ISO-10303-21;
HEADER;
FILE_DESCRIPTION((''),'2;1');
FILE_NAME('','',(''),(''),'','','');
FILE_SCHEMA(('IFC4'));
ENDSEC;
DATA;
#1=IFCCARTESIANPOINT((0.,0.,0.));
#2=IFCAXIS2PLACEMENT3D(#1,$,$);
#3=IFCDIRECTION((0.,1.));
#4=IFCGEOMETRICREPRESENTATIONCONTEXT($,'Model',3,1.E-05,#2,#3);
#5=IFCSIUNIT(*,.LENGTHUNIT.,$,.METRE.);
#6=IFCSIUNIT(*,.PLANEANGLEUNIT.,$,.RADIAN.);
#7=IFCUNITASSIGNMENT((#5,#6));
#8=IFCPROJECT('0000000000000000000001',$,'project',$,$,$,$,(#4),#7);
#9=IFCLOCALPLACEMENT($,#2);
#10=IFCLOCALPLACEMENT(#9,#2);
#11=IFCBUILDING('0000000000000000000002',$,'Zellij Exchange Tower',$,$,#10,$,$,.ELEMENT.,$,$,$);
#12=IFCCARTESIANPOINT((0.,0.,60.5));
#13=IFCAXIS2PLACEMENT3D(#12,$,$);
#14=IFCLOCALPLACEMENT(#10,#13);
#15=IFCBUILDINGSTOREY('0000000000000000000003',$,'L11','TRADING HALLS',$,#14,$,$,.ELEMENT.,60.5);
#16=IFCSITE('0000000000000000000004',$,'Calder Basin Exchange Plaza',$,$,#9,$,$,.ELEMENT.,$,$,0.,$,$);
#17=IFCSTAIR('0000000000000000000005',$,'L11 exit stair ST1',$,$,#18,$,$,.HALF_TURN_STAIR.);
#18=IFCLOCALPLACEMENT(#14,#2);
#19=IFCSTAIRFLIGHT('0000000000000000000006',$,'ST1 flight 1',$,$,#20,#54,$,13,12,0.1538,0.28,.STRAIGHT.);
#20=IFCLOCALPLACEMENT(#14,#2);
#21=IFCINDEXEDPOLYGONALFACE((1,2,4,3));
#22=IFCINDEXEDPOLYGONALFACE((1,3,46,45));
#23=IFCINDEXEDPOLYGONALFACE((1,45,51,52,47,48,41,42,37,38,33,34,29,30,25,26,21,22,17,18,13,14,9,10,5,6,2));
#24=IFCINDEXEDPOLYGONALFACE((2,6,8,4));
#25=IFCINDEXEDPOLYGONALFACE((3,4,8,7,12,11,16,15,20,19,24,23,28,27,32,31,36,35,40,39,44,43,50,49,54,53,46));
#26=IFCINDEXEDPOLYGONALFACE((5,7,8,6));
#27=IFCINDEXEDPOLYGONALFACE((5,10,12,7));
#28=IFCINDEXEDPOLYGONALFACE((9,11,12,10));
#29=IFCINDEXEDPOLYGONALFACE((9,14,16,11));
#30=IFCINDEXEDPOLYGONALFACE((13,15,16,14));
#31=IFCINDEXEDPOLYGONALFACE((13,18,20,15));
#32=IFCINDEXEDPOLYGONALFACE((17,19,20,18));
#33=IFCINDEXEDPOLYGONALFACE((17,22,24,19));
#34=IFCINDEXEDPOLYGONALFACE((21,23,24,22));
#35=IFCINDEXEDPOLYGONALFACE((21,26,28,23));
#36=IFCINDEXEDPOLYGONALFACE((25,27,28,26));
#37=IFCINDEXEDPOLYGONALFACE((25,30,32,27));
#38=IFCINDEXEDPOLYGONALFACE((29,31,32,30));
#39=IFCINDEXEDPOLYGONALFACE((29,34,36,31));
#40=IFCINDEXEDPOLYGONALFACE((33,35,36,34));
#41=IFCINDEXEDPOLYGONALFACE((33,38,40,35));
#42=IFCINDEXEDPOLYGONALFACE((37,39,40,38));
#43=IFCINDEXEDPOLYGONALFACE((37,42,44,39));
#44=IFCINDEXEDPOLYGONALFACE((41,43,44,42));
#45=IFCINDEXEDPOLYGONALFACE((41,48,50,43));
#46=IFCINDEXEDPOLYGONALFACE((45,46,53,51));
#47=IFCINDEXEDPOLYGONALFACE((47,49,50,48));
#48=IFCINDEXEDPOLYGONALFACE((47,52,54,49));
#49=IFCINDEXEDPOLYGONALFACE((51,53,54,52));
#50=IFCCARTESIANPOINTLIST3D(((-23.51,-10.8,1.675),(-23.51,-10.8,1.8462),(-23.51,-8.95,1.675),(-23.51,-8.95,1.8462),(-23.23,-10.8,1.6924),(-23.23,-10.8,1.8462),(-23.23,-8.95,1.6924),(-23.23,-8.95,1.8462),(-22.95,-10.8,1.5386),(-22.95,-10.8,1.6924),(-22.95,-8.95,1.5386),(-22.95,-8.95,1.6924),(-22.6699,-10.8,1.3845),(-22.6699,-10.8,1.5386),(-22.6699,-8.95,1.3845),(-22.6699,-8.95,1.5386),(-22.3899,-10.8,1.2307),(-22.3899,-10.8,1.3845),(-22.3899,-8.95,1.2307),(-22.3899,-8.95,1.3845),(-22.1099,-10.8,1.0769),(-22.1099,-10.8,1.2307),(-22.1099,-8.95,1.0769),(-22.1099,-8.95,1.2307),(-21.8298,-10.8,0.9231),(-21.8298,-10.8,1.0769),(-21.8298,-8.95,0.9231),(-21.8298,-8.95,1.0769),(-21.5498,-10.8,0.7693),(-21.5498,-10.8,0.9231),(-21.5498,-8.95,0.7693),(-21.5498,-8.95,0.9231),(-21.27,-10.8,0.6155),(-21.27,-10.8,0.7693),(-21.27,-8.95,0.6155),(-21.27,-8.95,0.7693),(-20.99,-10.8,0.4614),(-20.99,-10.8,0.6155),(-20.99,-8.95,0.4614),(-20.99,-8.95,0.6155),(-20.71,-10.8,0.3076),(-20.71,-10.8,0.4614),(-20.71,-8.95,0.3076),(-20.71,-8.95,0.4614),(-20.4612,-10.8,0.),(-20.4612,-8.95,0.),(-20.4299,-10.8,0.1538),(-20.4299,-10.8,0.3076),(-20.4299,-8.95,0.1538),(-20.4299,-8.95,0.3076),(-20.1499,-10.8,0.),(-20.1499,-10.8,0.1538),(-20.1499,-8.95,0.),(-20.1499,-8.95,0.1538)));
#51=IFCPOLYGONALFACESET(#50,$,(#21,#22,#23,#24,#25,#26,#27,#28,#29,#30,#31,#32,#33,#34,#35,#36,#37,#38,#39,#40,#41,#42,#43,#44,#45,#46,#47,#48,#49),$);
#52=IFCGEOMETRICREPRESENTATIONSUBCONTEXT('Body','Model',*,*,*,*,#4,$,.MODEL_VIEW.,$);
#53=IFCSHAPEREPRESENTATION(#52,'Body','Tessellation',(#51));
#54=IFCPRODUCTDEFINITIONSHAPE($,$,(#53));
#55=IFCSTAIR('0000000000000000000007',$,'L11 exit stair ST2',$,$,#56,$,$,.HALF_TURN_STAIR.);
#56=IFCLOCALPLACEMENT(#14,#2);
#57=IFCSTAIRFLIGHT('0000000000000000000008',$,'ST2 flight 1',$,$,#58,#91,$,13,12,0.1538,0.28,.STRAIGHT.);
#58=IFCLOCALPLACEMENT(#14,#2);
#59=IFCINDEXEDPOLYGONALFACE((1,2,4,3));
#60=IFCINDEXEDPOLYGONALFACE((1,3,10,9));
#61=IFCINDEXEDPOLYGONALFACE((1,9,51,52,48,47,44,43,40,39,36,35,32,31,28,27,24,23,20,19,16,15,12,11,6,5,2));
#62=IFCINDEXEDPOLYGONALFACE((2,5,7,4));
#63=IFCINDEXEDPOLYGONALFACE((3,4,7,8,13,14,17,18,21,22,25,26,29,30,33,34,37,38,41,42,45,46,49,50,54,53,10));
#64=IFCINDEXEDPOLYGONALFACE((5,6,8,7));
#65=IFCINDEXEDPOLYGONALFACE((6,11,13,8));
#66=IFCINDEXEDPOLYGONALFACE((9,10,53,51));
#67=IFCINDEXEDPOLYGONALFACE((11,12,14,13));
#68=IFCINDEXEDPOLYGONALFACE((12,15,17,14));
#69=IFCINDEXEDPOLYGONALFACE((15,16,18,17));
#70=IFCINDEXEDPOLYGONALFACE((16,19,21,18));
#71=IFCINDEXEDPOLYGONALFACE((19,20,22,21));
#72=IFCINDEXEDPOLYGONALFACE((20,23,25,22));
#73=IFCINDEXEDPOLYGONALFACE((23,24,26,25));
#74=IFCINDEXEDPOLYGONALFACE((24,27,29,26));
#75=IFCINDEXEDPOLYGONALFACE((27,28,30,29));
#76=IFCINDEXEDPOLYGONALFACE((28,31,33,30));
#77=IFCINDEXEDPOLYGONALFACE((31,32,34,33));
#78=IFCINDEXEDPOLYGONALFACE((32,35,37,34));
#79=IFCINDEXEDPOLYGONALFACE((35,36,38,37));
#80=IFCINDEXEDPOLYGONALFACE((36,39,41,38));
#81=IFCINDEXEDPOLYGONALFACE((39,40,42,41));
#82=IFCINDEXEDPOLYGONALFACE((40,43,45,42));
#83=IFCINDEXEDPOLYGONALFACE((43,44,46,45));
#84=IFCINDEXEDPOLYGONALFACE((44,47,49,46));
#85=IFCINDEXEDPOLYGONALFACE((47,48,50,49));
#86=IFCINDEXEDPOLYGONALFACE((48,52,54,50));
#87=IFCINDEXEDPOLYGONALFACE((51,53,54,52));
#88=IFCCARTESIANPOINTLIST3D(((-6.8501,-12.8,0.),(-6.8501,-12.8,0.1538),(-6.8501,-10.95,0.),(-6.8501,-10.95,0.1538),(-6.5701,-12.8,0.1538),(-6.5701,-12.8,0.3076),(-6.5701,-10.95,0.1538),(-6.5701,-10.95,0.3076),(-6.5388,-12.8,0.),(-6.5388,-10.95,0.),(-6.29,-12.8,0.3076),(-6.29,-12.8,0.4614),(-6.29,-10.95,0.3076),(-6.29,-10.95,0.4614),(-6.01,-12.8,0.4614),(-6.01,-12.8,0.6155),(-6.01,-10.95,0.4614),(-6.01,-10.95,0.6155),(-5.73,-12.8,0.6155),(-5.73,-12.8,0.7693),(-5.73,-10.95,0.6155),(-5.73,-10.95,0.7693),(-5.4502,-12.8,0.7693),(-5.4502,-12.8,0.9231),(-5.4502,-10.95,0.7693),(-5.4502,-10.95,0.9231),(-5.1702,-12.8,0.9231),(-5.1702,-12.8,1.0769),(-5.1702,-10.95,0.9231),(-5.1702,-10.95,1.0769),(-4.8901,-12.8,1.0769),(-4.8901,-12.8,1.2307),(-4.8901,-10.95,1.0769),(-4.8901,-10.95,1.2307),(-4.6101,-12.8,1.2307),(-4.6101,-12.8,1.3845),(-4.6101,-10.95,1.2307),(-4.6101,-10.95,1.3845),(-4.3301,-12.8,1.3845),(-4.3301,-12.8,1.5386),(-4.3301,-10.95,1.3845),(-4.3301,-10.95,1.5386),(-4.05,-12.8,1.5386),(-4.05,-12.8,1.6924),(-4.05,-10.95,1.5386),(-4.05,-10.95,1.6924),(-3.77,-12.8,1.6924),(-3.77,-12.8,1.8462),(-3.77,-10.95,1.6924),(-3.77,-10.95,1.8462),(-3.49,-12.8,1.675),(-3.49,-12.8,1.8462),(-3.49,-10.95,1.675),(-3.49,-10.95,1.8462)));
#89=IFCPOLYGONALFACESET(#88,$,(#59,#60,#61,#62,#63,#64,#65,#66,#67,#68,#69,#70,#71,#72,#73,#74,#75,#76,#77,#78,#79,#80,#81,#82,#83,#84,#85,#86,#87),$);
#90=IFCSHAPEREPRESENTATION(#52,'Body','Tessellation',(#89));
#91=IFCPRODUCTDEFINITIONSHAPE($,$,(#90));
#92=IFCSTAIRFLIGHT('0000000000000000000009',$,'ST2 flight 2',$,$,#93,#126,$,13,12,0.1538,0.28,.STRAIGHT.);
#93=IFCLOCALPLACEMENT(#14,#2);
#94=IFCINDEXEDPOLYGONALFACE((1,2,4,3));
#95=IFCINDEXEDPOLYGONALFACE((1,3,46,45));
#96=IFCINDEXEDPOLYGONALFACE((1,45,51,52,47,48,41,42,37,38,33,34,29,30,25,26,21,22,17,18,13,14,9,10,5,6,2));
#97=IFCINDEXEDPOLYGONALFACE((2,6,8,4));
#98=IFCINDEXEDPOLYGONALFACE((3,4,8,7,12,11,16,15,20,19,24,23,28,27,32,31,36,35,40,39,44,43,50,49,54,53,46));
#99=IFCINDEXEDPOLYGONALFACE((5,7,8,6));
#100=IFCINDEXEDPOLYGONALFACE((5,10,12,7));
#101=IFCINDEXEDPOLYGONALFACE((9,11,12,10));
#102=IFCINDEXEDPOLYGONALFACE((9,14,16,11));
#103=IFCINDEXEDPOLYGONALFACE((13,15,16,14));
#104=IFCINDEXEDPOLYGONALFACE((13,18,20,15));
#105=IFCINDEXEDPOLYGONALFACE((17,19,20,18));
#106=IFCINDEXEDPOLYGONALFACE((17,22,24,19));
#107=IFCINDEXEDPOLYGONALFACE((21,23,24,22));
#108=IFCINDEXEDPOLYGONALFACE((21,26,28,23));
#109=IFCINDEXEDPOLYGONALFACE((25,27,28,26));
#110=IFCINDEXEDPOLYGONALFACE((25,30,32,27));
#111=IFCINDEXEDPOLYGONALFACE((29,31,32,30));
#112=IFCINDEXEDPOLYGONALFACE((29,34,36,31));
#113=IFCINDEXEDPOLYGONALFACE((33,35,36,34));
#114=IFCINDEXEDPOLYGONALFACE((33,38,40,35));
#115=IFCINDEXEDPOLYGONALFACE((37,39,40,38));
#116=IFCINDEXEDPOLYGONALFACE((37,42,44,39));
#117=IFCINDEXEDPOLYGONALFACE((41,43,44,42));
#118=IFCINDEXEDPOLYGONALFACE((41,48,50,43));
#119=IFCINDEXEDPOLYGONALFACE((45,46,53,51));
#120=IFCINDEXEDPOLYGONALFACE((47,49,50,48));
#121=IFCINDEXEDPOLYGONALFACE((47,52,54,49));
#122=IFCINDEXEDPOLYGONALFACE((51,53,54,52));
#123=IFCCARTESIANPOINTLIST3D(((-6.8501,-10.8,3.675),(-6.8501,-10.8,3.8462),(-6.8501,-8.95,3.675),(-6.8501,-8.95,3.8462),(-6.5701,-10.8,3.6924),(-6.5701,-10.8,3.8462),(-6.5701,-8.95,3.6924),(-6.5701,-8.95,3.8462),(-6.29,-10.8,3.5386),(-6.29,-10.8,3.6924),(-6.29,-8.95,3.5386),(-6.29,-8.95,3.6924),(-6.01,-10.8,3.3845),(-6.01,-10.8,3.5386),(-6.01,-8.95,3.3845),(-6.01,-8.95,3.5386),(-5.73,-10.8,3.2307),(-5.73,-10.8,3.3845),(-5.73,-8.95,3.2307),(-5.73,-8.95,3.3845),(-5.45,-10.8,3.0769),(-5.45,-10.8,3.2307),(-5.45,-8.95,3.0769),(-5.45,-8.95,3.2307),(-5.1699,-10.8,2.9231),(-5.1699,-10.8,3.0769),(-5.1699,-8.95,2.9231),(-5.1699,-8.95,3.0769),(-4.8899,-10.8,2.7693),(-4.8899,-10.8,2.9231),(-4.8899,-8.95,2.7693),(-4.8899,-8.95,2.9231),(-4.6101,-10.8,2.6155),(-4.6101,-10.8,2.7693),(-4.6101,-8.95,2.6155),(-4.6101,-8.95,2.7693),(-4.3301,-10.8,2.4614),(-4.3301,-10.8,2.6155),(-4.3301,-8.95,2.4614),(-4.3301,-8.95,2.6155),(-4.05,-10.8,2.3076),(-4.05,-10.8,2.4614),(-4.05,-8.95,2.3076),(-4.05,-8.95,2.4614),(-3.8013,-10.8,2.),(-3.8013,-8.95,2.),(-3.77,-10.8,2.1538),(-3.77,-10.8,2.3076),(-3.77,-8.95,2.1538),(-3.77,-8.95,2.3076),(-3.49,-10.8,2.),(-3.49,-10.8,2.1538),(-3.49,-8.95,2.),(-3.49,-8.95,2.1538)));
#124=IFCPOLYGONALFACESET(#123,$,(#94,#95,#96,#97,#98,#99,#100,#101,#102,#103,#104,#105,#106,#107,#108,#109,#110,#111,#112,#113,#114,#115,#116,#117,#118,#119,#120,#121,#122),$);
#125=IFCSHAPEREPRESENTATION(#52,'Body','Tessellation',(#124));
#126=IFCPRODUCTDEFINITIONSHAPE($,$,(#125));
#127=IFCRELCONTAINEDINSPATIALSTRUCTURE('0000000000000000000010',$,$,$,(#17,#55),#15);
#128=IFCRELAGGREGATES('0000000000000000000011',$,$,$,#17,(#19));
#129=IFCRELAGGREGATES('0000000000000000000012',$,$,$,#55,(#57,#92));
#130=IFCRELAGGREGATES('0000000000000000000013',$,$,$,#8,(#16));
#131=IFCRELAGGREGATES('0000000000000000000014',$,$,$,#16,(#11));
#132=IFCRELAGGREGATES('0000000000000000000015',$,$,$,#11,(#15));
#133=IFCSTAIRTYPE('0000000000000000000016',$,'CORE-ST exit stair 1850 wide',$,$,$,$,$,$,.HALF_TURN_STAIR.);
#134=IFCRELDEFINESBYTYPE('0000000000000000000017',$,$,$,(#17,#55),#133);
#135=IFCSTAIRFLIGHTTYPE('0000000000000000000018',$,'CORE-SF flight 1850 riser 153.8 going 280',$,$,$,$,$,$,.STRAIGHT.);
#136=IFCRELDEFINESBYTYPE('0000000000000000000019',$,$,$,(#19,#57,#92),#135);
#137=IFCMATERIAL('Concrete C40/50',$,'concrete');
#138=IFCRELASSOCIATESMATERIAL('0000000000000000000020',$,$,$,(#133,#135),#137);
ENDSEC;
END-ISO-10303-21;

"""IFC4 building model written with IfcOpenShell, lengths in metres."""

from ifc_helpers import new_model, si_unit, direction, frame, origin, place, context, subcontext, project, spatial, polyline, outline, extrude, material, type_object, element, aggregate, save


model = new_model("IFC4")

# Units and contexts
model_context = context("Model", 3, precision=1e-05, world=origin(), true_north=direction((0.0, 1.0)))
body_context = subcontext(model_context, "Body", "Model", "MODEL_VIEW")
ifc_project = project(units=[si_unit("LENGTHUNIT", "METRE"), si_unit("PLANEANGLEUNIT", "RADIAN")], contexts=[model_context])

# Site, building, storey
site_placement = place(None, origin())
site = spatial("IfcSite", under=ifc_project, at=site_placement, Name="Calder Basin Exchange Plaza", CompositionType="ELEMENT", RefElevation=0.0)
building_placement = place(site_placement, origin())
building = spatial("IfcBuilding", under=site, at=building_placement, Name="Zellij Exchange Tower", CompositionType="ELEMENT")
storey_placement = place(building_placement, frame((0.0, 0.0, 60.5)))
storey = spatial("IfcBuildingStorey", under=building, at=storey_placement, Name="L11", Description="TRADING HALLS", CompositionType="ELEMENT", Elevation=60.5)

# Stair, stair flight
ifc_material_1 = material(Name="Concrete C40/50", Category="concrete")
stair_type = type_object("IfcStairType", Name="CORE-ST exit stair 1850 wide", PredefinedType="HALF_TURN_STAIR", material=ifc_material_1)
stair_1_placement = place(storey_placement, origin())
stair_1 = element("IfcStair", 1, at=stair_1_placement, inside=storey, type_object=stair_type, Name="L11 exit stair ST1", PredefinedType="HALF_TURN_STAIR")
stair_flight_type = type_object("IfcStairFlightType", Name="CORE-SF flight 1850 riser 153.8 going 280", PredefinedType="STRAIGHT", material=ifc_material_1)
stair_flight_1_placement = place(storey_placement, frame((-20.1499, -9.875, 0.0), z_axis=(0.0, 0.0, 1.0), x_axis=(-1.0, 0.0, 0.0)))
stair_flight_1 = element("IfcStairFlight", 2, at=stair_flight_1_placement, type_object=stair_flight_type, Name="ST1 flight 1", NumberOfRisers=13, NumberOfTreads=12, PredefinedType="STRAIGHT", RiserHeight=0.1538, TreadLength=0.28, context=body_context, shape_type="SweptSolid", body=[
    extrude(outline(polyline([(0.0, 0.0), (0.0, 0.1538), (0.28, 0.1538), (0.28, 0.3076), (0.5601, 0.3076), (0.5601, 0.4614), (0.8401, 0.4614), (0.8401, 0.6155), (1.1201, 0.6155), (1.1201, 0.7693), (1.3999, 0.7693), (1.3999, 0.9231), (1.6799, 0.9231), (1.6799, 1.0769), (1.96, 1.0769), (1.96, 1.2307), (2.24, 1.2307), (2.24, 1.3845), (2.52, 1.3845), (2.52, 1.5386), (2.8, 1.5386), (2.8, 1.6924), (3.0801, 1.6924), (3.0801, 1.8462), (3.3601, 1.8462), (3.3601, 2.0), (3.3601, 1.675), (0.3113, 0.0), (0.0, 0.0)])), frame((0.0, 0.925, 0.0), z_axis=(0.0, -1.0, 0.0), x_axis=(1.0, 0.0, 0.0)), (0.0, 0.0, 1.0), 1.8501),
])
aggregate(stair_1, [stair_flight_1])

# Stair, stair flights
stair_2_placement = place(storey_placement, origin())
stair_2 = element("IfcStair", 3, at=stair_2_placement, inside=storey, type_object=stair_type, Name="L11 exit stair ST2", PredefinedType="HALF_TURN_STAIR")
stair_flight_2_placement = place(storey_placement, frame((-6.8501, -11.875, 0.0), z_axis=(0.0, 0.0, 1.0), x_axis=(1.0, 0.0, 0.0)))
stair_flight_2 = element("IfcStairFlight", 4, at=stair_flight_2_placement, type_object=stair_flight_type, Name="ST2 flight 1", NumberOfRisers=13, NumberOfTreads=12, PredefinedType="STRAIGHT", RiserHeight=0.1538, TreadLength=0.28, context=body_context, shape_type="SweptSolid", body=[
    extrude(outline(polyline([(0.0, 0.0), (0.0, 0.1538), (0.28, 0.1538), (0.28, 0.3076), (0.5601, 0.3076), (0.5601, 0.4614), (0.8401, 0.4614), (0.8401, 0.6155), (1.1201, 0.6155), (1.1201, 0.7693), (1.3999, 0.7693), (1.3999, 0.9231), (1.6799, 0.9231), (1.6799, 1.0769), (1.96, 1.0769), (1.96, 1.2307), (2.24, 1.2307), (2.24, 1.3845), (2.52, 1.3845), (2.52, 1.5386), (2.8, 1.5386), (2.8, 1.6924), (3.0801, 1.6924), (3.0801, 1.8462), (3.3601, 1.8462), (3.3601, 2.0), (3.3601, 1.675), (0.3113, 0.0), (0.0, 0.0)])), frame((0.0, 0.925, 0.0), z_axis=(0.0, -1.0, 0.0), x_axis=(1.0, 0.0, 0.0)), (0.0, 0.0, 1.0), 1.8501),
])
stair_flight_3_placement = place(storey_placement, frame((-3.49, -9.875, 2.0), z_axis=(0.0, 0.0, 1.0), x_axis=(-1.0, 0.0, 0.0)))
stair_flight_3 = element("IfcStairFlight", 5, at=stair_flight_3_placement, type_object=stair_flight_type, Name="ST2 flight 2", NumberOfRisers=13, NumberOfTreads=12, PredefinedType="STRAIGHT", RiserHeight=0.1538, TreadLength=0.28, context=body_context, shape_type="SweptSolid", body=[
    extrude(outline(polyline([(0.0, 0.0), (0.0, 0.1538), (0.28, 0.1538), (0.28, 0.3076), (0.5601, 0.3076), (0.5601, 0.4614), (0.8401, 0.4614), (0.8401, 0.6155), (1.1201, 0.6155), (1.1201, 0.7693), (1.3999, 0.7693), (1.3999, 0.9231), (1.6799, 0.9231), (1.6799, 1.0769), (1.96, 1.0769), (1.96, 1.2307), (2.24, 1.2307), (2.24, 1.3845), (2.52, 1.3845), (2.52, 1.5386), (2.8, 1.5386), (2.8, 1.6924), (3.0801, 1.6924), (3.0801, 1.8462), (3.3601, 1.8462), (3.3601, 2.0), (3.3601, 1.675), (0.3113, 0.0), (0.0, 0.0)])), frame((0.0, 0.925, 0.0), z_axis=(0.0, -1.0, 0.0), x_axis=(1.0, 0.0, 0.0)), (0.0, 0.0, 1.0), 1.8501),
])
aggregate(stair_2, [stair_flight_2, stair_flight_3])

save(model, "model.ifc")
